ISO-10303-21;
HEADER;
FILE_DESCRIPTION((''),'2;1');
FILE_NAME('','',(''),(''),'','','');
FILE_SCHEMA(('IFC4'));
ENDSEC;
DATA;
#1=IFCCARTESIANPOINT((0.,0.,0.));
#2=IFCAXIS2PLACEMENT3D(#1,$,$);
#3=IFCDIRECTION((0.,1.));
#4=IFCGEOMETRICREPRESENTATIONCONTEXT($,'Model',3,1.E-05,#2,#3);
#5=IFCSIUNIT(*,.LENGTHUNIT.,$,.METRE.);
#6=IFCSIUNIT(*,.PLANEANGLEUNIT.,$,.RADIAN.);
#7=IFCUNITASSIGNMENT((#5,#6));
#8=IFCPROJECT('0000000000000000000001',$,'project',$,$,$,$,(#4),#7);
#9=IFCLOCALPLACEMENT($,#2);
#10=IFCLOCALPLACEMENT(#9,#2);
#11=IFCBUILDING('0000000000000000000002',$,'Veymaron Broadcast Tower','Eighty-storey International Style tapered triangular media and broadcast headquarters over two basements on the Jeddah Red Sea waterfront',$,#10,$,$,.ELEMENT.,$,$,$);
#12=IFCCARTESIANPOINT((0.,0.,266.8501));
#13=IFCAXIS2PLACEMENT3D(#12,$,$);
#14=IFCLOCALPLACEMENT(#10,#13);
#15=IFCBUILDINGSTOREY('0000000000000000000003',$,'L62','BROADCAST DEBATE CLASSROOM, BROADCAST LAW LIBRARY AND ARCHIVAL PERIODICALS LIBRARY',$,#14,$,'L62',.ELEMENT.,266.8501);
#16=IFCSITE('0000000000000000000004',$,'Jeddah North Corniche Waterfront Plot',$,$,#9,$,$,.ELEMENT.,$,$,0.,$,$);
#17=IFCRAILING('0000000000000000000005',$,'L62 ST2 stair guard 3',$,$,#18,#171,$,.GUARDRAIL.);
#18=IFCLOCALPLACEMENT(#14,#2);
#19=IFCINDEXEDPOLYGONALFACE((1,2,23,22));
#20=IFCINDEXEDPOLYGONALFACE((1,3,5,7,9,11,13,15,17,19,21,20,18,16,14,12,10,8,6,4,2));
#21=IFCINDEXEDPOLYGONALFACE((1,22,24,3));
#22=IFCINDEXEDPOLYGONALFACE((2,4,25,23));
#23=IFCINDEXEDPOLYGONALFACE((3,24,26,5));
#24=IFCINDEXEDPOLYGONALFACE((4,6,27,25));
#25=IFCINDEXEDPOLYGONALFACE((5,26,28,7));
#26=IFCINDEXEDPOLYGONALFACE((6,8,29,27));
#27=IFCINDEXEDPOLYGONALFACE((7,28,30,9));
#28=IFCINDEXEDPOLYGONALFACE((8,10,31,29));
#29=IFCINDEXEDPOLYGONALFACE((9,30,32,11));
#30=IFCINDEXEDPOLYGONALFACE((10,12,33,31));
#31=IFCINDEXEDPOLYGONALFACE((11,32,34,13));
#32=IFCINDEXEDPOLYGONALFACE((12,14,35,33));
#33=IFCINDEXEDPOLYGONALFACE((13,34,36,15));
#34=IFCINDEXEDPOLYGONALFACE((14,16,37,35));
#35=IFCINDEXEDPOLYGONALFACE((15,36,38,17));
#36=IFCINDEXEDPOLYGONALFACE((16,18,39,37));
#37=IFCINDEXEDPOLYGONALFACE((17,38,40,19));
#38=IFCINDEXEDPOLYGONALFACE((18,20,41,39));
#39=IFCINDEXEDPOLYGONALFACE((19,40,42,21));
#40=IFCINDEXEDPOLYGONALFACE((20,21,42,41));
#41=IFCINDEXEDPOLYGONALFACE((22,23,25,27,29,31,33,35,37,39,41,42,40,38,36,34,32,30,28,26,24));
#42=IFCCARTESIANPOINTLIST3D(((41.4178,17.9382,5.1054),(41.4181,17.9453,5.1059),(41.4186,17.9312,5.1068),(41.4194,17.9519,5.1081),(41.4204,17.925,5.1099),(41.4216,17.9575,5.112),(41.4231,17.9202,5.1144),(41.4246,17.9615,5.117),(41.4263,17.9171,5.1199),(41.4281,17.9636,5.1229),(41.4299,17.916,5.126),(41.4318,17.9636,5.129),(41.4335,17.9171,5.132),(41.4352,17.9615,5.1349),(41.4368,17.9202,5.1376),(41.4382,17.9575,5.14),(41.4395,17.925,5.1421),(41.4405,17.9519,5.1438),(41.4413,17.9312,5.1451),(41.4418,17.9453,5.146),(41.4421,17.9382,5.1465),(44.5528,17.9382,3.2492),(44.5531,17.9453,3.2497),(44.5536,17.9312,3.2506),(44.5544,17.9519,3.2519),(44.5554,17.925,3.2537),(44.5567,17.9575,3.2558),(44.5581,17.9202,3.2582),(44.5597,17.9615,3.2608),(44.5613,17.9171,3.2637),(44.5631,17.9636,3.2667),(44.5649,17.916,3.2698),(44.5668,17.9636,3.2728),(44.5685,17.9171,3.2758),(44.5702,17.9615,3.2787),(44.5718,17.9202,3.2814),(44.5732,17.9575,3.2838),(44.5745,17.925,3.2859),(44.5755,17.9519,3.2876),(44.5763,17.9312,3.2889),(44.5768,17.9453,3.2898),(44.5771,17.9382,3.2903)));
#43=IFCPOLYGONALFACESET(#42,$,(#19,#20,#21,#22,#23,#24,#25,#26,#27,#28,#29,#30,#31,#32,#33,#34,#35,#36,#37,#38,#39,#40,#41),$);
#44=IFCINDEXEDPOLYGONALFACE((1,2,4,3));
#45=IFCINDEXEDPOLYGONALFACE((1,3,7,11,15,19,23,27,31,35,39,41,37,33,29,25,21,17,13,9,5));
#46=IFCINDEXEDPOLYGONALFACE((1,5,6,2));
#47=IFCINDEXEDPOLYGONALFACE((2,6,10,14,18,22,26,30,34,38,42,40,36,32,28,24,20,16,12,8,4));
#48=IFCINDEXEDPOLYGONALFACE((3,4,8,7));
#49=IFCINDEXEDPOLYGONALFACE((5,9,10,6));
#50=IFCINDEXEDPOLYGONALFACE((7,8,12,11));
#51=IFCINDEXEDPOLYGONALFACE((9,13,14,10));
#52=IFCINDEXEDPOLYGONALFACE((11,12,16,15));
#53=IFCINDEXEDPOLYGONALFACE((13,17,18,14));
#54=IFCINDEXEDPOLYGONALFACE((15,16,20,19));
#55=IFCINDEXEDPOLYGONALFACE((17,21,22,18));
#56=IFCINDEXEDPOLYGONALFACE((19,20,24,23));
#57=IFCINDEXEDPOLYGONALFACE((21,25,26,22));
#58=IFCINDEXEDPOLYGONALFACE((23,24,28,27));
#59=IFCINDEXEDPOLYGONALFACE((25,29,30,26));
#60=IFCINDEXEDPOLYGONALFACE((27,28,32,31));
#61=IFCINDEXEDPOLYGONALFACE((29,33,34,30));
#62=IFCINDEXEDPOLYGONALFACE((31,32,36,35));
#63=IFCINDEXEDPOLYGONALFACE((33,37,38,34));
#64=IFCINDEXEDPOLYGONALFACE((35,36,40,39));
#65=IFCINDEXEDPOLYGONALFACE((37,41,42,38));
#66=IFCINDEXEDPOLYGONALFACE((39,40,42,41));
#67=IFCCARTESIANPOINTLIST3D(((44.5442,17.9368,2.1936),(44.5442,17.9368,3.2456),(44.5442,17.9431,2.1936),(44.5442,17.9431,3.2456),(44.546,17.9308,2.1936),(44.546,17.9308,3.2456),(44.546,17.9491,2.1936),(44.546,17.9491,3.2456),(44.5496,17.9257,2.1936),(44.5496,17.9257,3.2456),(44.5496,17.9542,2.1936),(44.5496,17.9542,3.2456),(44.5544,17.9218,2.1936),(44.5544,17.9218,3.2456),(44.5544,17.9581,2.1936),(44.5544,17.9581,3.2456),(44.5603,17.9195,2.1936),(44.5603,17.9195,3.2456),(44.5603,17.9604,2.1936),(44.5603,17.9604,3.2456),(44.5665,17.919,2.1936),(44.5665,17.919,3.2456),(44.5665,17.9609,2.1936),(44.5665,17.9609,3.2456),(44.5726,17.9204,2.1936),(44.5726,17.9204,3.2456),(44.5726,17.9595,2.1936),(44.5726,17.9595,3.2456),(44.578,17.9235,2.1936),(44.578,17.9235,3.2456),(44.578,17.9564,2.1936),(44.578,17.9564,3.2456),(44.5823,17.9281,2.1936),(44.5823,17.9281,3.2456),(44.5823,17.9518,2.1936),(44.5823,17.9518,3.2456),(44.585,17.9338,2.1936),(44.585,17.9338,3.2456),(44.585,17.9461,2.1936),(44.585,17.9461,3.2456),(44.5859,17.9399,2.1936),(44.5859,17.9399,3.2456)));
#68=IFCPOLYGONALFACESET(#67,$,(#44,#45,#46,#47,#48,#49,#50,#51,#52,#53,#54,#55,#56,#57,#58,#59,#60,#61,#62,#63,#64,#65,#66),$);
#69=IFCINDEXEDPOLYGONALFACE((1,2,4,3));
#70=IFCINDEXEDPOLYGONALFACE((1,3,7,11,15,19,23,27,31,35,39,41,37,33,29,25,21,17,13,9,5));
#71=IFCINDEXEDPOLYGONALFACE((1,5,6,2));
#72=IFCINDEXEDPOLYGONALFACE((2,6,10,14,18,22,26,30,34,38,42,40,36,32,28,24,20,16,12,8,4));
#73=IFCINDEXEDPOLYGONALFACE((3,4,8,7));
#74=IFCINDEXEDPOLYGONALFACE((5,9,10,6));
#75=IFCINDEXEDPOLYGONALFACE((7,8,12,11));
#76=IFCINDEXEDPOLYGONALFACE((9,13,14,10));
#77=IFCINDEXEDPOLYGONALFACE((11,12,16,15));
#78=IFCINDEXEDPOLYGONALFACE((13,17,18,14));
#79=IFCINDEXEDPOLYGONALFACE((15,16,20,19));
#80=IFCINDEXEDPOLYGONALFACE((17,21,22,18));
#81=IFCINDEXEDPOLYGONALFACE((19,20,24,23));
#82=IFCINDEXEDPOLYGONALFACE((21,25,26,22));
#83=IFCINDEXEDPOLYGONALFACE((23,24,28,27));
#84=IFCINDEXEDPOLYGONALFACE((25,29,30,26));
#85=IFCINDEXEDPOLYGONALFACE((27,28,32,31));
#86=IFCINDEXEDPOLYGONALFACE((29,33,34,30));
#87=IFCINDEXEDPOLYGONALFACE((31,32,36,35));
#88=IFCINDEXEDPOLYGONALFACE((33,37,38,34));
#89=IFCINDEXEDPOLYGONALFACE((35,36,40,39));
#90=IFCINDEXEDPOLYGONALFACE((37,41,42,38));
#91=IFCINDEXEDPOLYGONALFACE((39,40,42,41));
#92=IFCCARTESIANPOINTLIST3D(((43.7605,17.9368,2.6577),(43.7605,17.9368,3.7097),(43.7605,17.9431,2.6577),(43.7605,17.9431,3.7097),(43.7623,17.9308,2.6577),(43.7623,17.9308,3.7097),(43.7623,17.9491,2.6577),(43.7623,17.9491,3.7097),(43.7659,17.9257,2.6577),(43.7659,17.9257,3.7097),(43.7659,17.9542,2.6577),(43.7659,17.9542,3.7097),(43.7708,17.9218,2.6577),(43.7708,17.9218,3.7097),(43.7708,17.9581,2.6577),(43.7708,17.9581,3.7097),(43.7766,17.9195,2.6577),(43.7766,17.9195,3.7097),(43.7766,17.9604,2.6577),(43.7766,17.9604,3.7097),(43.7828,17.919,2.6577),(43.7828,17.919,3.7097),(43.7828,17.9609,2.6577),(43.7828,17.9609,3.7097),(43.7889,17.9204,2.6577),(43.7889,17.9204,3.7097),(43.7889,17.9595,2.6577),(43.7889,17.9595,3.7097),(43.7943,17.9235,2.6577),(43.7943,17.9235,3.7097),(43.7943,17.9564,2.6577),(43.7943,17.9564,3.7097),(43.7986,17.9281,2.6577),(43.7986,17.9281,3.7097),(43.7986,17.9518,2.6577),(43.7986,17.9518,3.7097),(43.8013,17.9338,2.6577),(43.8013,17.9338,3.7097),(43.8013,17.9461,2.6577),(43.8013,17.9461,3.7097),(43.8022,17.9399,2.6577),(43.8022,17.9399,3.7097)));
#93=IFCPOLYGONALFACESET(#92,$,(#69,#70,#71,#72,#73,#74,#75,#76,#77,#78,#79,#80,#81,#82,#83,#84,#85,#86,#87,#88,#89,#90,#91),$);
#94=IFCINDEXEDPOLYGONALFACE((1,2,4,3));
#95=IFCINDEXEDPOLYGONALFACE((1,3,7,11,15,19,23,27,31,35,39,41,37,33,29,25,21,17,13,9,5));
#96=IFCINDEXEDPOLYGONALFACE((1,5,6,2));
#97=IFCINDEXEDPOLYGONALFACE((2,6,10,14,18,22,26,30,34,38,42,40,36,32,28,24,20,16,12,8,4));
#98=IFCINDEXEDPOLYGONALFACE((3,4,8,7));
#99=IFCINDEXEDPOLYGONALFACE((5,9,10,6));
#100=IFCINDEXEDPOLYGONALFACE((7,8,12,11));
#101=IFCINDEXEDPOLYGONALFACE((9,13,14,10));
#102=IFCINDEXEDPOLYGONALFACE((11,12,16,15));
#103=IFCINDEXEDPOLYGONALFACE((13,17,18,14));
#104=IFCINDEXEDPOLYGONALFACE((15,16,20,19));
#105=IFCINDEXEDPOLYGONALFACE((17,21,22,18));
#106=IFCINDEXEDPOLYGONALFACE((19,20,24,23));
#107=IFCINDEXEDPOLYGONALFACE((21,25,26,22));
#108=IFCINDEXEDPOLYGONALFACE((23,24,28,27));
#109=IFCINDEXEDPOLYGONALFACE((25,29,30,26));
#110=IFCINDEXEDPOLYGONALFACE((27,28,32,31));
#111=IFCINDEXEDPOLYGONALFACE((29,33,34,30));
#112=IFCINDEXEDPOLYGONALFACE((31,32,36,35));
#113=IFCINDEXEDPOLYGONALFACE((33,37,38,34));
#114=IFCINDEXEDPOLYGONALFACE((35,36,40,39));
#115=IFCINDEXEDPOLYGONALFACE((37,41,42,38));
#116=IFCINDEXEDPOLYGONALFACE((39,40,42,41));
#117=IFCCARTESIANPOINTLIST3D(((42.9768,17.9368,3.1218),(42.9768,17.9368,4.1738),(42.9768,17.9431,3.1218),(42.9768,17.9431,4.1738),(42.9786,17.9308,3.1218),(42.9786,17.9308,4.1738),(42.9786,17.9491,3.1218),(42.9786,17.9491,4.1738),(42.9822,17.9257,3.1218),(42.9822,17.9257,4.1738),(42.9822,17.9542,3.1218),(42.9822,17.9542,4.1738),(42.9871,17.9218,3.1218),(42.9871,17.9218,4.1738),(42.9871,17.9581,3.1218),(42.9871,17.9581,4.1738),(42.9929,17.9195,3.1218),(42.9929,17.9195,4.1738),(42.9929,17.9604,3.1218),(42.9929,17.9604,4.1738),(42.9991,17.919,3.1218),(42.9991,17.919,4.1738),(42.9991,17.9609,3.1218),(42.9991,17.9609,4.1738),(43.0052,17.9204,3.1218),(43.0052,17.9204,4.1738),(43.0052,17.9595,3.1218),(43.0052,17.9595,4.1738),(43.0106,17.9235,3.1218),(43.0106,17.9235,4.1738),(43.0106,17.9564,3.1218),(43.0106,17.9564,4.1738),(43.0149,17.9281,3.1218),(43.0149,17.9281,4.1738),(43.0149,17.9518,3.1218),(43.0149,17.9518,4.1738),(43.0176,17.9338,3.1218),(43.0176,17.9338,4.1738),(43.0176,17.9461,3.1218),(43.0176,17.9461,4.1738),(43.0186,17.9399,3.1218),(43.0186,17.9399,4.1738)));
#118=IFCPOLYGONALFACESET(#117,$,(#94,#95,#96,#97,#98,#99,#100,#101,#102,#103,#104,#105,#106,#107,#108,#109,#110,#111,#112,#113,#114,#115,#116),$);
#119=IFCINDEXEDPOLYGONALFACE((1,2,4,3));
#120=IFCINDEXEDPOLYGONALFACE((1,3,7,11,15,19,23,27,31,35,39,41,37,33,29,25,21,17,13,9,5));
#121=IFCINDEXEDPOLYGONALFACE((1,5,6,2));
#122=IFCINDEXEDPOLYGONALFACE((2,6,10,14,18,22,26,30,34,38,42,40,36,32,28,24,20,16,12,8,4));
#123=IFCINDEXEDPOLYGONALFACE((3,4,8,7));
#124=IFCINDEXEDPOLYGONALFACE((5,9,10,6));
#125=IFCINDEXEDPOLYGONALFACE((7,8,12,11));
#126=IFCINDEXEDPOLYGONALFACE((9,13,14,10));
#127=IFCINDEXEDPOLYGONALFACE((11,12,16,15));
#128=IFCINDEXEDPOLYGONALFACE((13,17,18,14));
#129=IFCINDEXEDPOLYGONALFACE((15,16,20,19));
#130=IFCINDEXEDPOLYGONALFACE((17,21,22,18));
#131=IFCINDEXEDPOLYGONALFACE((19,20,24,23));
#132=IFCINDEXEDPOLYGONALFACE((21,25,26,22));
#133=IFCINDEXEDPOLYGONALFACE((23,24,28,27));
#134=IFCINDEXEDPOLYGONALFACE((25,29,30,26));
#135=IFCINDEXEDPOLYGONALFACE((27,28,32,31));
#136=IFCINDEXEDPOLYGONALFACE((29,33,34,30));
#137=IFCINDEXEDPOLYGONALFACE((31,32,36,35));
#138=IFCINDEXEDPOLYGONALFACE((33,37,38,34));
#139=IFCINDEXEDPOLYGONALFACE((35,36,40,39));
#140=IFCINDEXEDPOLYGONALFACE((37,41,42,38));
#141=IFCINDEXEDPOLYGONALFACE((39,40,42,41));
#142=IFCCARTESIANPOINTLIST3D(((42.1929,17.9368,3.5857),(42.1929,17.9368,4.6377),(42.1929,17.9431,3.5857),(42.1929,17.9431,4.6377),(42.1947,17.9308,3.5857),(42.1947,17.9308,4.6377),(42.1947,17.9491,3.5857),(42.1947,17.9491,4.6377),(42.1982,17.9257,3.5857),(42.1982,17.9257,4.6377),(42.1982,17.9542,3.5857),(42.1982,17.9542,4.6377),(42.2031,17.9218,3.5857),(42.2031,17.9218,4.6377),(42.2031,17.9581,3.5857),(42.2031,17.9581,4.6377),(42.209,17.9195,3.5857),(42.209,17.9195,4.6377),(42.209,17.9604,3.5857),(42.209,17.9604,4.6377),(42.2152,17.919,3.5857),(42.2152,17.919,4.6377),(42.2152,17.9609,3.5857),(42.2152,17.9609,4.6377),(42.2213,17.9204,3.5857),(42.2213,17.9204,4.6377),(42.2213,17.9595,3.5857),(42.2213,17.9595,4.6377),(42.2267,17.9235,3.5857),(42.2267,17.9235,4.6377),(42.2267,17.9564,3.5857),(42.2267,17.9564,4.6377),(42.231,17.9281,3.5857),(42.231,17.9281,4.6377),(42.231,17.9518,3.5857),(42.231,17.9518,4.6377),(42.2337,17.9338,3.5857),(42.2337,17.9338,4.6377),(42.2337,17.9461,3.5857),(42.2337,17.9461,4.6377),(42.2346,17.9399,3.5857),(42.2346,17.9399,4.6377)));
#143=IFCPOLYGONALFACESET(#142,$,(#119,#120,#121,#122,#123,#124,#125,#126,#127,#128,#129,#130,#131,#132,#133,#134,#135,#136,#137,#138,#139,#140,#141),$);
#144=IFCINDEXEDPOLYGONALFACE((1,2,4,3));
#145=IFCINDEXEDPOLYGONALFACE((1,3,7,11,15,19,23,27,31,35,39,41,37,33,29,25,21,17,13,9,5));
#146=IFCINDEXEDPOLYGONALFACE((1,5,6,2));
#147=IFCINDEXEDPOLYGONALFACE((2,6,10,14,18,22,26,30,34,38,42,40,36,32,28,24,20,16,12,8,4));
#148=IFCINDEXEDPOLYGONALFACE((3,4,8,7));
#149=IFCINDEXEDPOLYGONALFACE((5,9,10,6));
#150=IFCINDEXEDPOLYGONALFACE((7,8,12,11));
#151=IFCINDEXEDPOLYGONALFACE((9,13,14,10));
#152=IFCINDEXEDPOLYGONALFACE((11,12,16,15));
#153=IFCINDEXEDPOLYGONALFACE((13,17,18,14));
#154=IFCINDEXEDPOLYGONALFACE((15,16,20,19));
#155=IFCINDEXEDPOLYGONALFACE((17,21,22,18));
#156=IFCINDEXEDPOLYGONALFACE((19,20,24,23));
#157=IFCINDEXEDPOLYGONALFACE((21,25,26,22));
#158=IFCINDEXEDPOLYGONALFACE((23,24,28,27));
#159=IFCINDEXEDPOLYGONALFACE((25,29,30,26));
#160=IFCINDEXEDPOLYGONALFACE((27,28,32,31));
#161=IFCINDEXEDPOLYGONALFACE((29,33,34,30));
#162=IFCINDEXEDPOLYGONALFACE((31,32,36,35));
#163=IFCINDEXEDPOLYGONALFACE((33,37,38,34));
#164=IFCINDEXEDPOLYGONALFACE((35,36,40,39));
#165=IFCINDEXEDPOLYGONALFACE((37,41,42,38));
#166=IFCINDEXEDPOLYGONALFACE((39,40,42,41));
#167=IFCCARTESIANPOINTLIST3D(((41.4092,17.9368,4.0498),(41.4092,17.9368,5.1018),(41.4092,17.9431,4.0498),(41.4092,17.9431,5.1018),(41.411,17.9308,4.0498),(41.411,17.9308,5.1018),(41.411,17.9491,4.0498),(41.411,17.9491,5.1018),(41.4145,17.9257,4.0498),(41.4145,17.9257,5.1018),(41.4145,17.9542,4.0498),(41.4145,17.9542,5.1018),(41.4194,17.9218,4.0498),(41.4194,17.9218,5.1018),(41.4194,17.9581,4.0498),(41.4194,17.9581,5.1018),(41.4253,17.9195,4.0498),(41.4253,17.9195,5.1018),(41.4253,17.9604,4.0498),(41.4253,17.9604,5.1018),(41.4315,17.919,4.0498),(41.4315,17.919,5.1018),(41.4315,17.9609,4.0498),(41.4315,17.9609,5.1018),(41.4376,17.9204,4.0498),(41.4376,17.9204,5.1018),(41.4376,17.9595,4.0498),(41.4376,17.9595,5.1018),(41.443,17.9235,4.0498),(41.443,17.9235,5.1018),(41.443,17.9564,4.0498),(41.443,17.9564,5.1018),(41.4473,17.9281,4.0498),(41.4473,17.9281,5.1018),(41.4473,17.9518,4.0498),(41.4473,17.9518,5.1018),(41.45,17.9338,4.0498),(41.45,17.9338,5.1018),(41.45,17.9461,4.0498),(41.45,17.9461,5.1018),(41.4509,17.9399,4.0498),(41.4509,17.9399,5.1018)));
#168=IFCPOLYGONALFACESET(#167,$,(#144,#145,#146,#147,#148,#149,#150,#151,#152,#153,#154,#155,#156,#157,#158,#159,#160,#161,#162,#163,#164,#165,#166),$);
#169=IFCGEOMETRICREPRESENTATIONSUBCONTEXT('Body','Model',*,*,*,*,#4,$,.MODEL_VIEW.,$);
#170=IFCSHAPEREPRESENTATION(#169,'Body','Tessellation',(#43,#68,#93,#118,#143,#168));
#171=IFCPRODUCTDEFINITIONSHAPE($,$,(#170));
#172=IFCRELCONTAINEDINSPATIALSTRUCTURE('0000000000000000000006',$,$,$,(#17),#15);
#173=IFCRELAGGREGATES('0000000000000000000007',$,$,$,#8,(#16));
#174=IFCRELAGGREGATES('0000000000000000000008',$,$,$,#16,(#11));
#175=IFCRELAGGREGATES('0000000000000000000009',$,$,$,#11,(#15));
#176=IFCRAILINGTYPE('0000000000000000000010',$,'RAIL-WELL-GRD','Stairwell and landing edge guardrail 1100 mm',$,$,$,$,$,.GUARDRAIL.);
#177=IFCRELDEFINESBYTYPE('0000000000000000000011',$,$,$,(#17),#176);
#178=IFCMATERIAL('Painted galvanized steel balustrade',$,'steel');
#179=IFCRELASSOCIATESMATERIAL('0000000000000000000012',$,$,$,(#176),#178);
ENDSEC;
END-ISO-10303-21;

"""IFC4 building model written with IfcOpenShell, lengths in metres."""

from ifc_helpers import new_model, si_unit, direction, frame, origin, origin_2d, place, context, subcontext, project, spatial, circle, extrude, material, type_object, element, save


model = new_model("IFC4")

# Units and contexts
model_context = context("Model", 3, precision=1e-05, world=origin(), true_north=direction((0.0, 1.0)))
body_context = subcontext(model_context, "Body", "Model", "MODEL_VIEW")
ifc_project = project(units=[si_unit("LENGTHUNIT", "METRE"), si_unit("PLANEANGLEUNIT", "RADIAN")], contexts=[model_context])

# Site, building, storey
site_placement = place(None, origin())
site = spatial("IfcSite", under=ifc_project, at=site_placement, Name="Jeddah North Corniche Waterfront Plot", CompositionType="ELEMENT", RefElevation=0.0)
building_placement = place(site_placement, origin())
building = spatial("IfcBuilding", under=site, at=building_placement, Name="Veymaron Broadcast Tower", Description="Eighty-storey International Style tapered triangular media and broadcast headquarters over two basements on the Jeddah Red Sea waterfront", CompositionType="ELEMENT")
storey_placement = place(building_placement, frame((0.0, 0.0, 266.8501)))
storey = spatial("IfcBuildingStorey", under=building, at=storey_placement, Name="L62", Description="BROADCAST DEBATE CLASSROOM, BROADCAST LAW LIBRARY AND ARCHIVAL PERIODICALS LIBRARY", LongName="L62", CompositionType="ELEMENT", Elevation=266.8501)

# Railing
ifc_material_1 = material(Name="Painted galvanized steel balustrade", Category="steel")
railing_type_1 = type_object("IfcRailingType", Name="RAIL-WELL-GRD", Description="Stairwell and landing edge guardrail 1100 mm", PredefinedType="GUARDRAIL", material=ifc_material_1)
railing_1_placement = place(storey_placement, frame((44.5649, 17.9399, 2.1936)))
element("IfcRailing", 1, at=railing_1_placement, inside=storey, type_object=railing_type_1, Name="L62 ST2 stair guard 3", PredefinedType="GUARDRAIL", context=body_context, shape_type="SweptSolid", body=[
    extrude(circle(Radius=0.0239, at=origin_2d()), frame((0.0, 0.0, 1.0762), z_axis=(-0.860482, 0.0, 0.509481), x_axis=(0.0, -1.0, 0.0)), (0.0, 0.0, 1.0), 3.6433),
    extrude(circle(Radius=0.021, at=origin_2d()), origin(), (0.0, 0.0, 1.0), 1.052),
    extrude(circle(Radius=0.021, at=origin_2d()), frame((-0.7837, 0.0, 0.4641)), (0.0, 0.0, 1.0), 1.052),
    extrude(circle(Radius=0.021, at=origin_2d()), frame((-1.5674, 0.0, 0.9282)), (0.0, 0.0, 1.0), 1.052),
    extrude(circle(Radius=0.021, at=origin_2d()), frame((-2.3513, 0.0, 1.3921)), (0.0, 0.0, 1.0), 1.052),
    extrude(circle(Radius=0.021, at=origin_2d()), frame((-3.135, 0.0, 1.8562)), (0.0, 0.0, 1.0), 1.052),
])

save(model, "model.ifc")
